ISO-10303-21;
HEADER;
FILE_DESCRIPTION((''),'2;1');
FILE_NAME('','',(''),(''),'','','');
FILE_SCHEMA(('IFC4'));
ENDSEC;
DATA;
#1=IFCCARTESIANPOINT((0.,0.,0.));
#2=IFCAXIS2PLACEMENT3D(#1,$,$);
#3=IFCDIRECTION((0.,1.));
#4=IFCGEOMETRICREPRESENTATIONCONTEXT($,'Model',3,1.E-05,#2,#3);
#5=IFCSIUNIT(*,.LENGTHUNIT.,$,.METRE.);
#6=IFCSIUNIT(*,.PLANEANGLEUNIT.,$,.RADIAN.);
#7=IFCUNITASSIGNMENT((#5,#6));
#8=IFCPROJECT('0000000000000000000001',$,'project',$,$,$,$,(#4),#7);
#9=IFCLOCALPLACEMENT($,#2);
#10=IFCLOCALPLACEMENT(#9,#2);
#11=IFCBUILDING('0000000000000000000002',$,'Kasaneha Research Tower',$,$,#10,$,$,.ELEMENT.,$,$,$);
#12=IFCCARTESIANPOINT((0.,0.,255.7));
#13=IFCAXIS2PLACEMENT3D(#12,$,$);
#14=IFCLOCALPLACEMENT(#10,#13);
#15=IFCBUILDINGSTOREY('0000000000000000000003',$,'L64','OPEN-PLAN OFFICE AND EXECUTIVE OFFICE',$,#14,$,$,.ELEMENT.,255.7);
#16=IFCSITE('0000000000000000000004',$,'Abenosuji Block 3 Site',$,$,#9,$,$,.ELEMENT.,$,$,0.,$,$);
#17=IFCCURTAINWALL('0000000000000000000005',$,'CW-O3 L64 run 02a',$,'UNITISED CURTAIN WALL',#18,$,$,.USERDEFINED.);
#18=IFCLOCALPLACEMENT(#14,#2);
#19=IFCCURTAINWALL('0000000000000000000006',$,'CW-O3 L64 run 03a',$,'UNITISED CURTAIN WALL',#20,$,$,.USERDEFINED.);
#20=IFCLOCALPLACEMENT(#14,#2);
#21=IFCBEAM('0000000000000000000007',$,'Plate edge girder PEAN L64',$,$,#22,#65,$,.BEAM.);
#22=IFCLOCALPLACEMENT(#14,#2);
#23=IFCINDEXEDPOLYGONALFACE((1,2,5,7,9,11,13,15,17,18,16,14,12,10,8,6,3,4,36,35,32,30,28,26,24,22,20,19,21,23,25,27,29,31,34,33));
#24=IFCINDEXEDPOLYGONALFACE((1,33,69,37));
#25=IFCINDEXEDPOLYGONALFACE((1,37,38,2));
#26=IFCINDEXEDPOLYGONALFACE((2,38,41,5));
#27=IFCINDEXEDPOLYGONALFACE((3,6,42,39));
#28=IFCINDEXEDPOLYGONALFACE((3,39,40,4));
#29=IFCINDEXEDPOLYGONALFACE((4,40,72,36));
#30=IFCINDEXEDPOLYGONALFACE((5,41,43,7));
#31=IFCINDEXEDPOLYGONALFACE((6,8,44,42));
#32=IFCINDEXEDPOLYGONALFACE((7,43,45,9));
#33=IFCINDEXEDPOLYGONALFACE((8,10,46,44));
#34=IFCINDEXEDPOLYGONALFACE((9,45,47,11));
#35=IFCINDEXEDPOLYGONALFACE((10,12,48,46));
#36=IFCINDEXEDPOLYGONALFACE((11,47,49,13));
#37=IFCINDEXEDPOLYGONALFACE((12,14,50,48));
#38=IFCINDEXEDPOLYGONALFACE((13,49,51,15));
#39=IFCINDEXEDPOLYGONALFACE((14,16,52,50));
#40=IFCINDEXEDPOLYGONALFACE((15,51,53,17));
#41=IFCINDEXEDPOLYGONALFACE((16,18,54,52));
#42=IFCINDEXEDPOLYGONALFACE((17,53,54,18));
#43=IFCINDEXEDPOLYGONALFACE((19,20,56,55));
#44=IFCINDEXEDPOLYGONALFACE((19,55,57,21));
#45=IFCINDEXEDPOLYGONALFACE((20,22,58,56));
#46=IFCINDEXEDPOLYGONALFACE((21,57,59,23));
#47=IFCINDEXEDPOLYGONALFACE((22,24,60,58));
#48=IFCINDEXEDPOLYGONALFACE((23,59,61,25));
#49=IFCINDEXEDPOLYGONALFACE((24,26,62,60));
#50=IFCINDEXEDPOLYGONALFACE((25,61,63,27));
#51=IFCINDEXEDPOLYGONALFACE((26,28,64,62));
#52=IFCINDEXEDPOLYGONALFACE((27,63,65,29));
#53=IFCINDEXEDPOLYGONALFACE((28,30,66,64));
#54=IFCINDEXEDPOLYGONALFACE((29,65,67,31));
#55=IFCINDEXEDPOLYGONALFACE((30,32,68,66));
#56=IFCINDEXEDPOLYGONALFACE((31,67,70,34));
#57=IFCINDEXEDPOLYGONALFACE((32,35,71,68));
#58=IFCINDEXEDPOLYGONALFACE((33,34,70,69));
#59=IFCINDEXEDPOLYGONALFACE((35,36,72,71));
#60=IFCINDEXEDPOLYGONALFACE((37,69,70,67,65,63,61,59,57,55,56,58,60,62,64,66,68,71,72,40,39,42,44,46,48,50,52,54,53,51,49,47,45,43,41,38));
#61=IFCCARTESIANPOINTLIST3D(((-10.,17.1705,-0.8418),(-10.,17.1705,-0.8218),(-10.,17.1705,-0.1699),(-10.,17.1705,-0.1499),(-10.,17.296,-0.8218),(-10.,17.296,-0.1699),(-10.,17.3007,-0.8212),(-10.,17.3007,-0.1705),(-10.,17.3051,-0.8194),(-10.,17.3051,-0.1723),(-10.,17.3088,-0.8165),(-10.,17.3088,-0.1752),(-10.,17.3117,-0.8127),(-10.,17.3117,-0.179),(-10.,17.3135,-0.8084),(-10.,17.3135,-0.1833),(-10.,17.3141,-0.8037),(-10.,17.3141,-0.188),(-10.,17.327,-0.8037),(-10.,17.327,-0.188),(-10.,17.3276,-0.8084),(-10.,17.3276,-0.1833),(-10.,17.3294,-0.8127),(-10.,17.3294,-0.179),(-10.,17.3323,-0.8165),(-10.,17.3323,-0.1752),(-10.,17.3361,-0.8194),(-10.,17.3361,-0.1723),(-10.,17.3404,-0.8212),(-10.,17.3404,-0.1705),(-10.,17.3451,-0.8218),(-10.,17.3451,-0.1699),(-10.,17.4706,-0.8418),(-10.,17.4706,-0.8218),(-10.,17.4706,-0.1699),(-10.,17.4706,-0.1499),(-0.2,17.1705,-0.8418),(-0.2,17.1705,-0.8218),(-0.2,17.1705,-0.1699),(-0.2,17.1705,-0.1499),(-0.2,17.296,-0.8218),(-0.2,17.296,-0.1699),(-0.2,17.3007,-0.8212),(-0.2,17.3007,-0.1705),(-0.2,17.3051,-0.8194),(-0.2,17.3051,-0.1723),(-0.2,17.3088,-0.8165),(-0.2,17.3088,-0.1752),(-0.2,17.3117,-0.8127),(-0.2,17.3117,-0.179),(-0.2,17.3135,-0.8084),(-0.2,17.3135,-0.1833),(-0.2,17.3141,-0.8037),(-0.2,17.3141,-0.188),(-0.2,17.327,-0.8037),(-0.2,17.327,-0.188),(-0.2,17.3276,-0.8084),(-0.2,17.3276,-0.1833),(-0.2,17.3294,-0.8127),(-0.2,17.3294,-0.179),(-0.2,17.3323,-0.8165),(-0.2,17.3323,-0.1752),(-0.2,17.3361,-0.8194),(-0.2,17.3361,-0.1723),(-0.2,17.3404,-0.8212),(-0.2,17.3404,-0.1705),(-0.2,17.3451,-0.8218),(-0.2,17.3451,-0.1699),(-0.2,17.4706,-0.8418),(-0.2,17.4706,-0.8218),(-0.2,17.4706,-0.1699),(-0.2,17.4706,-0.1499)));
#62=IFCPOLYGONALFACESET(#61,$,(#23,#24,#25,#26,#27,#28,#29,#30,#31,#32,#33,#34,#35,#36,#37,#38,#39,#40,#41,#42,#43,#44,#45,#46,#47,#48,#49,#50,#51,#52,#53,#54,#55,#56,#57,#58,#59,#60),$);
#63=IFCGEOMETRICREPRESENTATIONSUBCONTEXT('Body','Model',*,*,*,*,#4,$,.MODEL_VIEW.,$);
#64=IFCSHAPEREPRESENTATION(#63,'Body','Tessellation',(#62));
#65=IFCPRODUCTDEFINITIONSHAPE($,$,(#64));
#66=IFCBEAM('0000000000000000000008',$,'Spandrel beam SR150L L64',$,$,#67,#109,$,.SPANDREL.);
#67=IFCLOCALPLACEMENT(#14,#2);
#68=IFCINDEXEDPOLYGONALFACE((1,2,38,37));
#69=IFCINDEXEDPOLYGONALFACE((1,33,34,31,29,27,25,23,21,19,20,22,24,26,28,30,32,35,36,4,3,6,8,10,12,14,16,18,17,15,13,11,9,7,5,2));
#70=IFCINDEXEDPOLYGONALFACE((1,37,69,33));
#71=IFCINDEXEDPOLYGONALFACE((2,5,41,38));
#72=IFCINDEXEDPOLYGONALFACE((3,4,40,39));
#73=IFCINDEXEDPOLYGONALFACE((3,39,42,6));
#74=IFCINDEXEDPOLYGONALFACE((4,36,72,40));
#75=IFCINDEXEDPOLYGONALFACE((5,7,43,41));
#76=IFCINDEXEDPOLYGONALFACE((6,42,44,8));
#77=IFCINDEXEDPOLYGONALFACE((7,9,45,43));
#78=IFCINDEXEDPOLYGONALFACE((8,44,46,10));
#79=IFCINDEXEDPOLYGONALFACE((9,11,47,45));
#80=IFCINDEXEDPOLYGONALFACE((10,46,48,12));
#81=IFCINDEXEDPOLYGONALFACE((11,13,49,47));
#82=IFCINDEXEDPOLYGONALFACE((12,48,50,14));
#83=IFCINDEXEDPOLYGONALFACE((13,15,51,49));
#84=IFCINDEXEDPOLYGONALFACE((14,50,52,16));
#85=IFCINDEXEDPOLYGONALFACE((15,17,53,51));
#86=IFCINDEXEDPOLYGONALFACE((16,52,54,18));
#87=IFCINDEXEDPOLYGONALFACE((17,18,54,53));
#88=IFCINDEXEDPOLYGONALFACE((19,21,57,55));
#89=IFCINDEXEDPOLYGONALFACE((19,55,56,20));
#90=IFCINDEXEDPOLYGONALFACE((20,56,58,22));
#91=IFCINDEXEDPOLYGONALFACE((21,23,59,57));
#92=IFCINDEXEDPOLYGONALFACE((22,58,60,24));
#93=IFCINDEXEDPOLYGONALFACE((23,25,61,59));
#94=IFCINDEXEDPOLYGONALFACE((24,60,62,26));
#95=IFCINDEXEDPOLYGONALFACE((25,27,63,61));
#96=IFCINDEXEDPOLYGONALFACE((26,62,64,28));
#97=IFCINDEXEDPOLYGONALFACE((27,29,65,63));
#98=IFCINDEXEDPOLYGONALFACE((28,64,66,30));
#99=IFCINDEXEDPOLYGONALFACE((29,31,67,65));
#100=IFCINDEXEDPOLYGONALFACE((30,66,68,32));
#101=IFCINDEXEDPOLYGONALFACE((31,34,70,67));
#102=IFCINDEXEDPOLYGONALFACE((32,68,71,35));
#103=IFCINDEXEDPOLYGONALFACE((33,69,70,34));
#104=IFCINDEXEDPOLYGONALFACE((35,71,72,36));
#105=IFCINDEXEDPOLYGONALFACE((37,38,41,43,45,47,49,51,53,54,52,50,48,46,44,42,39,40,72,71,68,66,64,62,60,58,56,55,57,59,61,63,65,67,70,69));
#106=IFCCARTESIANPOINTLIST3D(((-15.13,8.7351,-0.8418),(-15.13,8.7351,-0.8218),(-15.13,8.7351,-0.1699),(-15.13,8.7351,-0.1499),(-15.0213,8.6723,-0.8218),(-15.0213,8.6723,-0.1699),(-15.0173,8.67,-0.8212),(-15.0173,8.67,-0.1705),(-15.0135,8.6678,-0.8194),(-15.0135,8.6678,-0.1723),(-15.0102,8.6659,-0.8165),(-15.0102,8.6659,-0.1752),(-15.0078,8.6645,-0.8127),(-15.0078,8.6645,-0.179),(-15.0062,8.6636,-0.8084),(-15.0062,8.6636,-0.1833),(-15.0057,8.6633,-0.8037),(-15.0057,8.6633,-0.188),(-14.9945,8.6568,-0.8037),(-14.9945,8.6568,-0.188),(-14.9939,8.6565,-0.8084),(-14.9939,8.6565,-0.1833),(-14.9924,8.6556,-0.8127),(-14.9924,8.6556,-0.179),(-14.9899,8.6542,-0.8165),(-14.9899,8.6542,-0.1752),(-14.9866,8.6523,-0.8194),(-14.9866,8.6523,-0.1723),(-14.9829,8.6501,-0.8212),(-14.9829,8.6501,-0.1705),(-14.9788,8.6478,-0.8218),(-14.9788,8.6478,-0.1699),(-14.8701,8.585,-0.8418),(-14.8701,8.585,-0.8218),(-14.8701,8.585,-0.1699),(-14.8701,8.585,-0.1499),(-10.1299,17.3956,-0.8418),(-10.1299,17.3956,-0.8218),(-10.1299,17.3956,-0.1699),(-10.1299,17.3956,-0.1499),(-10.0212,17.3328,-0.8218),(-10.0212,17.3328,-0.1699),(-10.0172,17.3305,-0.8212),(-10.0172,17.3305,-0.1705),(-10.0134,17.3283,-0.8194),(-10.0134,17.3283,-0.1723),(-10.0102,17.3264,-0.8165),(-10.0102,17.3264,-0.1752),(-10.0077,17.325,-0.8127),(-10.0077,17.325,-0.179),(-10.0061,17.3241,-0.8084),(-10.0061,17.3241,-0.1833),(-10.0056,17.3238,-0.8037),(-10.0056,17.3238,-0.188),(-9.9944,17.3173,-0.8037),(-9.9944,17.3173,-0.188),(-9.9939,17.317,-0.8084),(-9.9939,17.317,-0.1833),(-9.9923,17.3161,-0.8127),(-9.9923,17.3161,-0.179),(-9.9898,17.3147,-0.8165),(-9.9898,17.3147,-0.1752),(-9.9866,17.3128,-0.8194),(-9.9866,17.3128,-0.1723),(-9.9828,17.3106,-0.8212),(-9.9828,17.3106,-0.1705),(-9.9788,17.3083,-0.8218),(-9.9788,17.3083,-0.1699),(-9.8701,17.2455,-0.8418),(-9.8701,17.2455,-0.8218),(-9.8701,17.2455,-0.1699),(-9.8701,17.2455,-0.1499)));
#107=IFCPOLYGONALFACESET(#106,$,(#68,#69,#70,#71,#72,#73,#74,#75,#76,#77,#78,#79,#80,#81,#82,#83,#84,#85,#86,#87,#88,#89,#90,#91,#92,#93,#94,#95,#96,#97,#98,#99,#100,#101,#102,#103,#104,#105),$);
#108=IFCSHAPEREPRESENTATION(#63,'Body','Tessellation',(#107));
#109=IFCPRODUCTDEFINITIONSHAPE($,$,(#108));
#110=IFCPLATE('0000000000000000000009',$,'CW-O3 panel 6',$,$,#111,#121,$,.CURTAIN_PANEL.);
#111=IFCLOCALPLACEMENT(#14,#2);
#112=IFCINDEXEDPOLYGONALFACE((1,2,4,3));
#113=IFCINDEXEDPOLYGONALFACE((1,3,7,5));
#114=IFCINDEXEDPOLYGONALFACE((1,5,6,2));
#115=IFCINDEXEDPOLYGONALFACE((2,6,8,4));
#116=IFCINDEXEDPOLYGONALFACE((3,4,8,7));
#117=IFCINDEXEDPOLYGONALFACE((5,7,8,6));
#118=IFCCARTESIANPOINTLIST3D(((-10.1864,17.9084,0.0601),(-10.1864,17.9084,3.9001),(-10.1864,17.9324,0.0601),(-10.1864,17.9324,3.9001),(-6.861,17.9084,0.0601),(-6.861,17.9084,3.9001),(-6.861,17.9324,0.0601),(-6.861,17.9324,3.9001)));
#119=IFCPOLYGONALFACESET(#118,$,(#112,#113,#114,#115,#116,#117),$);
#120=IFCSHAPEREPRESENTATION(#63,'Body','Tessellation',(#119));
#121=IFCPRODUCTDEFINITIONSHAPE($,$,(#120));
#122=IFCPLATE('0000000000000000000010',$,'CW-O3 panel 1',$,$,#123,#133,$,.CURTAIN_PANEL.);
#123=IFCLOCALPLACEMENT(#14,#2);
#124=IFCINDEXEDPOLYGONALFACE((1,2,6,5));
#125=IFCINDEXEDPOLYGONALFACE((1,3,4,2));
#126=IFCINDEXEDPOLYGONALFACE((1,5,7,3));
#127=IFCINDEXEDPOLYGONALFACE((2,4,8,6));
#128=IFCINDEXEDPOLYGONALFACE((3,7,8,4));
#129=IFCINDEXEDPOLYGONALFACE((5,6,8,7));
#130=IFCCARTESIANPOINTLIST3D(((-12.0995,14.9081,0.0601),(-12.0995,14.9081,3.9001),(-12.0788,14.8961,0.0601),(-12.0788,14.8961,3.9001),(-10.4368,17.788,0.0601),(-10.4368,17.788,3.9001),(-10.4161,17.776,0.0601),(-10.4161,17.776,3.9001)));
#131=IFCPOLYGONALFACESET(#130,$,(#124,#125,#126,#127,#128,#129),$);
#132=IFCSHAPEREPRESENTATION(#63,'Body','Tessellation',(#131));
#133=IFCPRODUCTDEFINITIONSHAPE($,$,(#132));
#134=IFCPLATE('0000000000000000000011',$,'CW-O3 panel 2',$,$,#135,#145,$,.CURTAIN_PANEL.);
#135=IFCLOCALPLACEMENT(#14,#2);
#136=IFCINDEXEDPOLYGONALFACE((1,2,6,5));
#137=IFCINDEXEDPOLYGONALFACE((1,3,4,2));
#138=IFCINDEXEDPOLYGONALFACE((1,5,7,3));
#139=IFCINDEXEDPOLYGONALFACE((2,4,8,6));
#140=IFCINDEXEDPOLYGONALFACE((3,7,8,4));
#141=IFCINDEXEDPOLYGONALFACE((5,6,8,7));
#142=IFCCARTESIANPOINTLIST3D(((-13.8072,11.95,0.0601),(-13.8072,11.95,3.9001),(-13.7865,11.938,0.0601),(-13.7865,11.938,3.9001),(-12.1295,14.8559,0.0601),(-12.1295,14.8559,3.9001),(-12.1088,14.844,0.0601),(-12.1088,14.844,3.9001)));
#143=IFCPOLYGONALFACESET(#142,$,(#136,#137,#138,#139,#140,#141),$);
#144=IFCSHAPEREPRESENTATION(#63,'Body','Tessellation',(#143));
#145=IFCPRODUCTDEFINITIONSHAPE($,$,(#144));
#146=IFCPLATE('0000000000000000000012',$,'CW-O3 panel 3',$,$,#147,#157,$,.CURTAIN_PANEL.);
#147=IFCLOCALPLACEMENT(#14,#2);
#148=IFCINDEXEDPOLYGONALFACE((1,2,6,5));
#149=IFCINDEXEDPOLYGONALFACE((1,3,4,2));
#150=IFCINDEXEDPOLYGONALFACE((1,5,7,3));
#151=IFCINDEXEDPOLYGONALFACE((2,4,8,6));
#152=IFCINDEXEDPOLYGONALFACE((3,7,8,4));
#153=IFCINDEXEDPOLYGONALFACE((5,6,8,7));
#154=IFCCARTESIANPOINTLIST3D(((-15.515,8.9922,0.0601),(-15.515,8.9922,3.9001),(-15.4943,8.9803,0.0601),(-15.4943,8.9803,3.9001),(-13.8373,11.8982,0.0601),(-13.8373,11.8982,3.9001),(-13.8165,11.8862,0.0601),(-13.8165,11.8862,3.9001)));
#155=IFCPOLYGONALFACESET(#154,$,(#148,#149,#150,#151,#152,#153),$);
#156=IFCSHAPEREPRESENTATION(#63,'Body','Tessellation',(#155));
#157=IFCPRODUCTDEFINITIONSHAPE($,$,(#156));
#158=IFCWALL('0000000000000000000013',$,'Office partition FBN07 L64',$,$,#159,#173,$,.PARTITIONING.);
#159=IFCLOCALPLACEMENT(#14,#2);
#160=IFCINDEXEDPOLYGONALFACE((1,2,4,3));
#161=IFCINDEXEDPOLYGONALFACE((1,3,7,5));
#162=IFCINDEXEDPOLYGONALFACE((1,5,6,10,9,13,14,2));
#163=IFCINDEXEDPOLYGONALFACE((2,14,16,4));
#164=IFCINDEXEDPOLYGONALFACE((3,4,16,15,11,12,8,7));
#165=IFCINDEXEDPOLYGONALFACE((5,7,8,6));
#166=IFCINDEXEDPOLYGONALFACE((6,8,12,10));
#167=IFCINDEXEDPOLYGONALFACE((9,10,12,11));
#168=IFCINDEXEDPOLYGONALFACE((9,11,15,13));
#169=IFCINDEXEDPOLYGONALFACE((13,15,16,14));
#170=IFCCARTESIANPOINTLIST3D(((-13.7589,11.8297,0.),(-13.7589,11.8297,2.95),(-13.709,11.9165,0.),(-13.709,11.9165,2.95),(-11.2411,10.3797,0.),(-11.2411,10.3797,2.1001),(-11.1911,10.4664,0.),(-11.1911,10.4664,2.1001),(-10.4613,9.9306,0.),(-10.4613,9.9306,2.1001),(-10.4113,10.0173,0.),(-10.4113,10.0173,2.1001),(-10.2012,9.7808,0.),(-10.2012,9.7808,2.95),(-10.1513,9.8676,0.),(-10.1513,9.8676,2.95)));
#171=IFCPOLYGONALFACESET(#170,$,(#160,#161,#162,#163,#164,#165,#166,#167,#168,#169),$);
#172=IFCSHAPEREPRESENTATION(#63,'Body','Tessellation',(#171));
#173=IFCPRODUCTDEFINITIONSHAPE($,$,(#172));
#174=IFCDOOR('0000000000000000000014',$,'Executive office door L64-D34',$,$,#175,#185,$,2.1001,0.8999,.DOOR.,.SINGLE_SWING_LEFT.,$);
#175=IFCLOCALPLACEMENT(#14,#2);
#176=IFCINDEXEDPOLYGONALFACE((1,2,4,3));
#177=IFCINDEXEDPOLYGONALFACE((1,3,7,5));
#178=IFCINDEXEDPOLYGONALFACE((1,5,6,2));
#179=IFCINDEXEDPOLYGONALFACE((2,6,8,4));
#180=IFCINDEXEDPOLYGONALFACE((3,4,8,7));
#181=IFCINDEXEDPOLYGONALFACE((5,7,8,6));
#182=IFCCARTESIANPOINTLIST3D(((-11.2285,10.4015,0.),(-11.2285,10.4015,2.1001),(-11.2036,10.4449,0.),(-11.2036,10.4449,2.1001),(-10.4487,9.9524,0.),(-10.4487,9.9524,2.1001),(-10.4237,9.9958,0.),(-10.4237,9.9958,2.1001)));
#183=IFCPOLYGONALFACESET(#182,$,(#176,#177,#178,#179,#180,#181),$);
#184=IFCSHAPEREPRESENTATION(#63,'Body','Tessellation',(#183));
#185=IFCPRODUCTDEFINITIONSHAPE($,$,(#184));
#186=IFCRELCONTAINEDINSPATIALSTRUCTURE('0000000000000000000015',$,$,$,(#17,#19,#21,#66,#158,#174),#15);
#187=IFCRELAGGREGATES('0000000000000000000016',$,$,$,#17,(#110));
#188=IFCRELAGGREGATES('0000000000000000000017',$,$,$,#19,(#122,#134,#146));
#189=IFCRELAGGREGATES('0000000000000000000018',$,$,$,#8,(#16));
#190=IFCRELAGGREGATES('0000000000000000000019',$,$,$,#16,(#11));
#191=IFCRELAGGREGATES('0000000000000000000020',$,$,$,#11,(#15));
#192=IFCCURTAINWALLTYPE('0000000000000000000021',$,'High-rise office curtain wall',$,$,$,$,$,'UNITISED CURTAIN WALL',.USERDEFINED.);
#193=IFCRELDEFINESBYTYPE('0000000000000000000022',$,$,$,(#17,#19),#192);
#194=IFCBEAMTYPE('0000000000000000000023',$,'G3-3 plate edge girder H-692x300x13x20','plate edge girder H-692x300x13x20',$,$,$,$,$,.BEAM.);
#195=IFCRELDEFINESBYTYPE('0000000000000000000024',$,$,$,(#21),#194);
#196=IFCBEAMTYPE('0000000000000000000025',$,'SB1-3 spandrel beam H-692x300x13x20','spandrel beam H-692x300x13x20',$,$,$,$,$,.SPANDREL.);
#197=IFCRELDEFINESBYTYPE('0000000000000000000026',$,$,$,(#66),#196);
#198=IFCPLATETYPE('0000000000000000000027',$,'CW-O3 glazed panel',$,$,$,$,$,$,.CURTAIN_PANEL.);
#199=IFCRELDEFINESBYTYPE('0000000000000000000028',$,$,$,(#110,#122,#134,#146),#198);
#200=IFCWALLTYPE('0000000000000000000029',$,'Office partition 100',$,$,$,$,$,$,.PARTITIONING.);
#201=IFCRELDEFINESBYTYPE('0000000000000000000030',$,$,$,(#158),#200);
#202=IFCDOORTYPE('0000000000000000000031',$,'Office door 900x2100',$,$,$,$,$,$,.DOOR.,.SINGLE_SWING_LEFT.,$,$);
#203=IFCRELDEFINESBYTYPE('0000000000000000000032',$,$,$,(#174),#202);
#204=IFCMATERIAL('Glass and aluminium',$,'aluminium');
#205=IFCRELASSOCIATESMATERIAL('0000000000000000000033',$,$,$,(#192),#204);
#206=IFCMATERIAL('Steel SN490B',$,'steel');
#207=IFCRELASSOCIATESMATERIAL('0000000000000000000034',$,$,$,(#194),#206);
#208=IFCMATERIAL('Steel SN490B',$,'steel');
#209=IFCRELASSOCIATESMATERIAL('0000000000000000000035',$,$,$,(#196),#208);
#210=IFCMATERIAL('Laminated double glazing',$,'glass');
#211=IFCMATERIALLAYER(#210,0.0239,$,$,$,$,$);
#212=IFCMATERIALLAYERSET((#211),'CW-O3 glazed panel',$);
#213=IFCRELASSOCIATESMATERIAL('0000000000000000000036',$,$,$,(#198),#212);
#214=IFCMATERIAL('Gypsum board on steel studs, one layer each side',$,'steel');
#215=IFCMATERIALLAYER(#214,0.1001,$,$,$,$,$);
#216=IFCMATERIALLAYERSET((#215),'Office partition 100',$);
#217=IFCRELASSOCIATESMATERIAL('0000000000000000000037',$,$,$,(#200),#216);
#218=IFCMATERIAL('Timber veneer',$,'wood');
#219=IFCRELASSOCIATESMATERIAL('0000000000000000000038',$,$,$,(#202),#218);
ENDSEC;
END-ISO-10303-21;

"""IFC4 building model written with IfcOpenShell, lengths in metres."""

from ifc_helpers import new_model, si_unit, direction, frame, frame_2d, origin, origin_2d, place, context, subcontext, project, spatial, rectangle, i_section, extrude, material, layer, layer_set, material_profile, profile_set, type_object, element, fill, aggregate, save


model = new_model("IFC4")

# Units and contexts
model_context = context("Model", 3, precision=1e-05, world=origin(), true_north=direction((0.0, 1.0)))
body_context = subcontext(model_context, "Body", "Model", "MODEL_VIEW")
ifc_project = project(units=[si_unit("LENGTHUNIT", "METRE"), si_unit("PLANEANGLEUNIT", "RADIAN")], contexts=[model_context])

# Site, building, storey
site_placement = place(None, origin())
site = spatial("IfcSite", under=ifc_project, at=site_placement, Name="Abenosuji Block 3 Site", CompositionType="ELEMENT", RefElevation=0.0)
building_placement = place(site_placement, origin())
building = spatial("IfcBuilding", under=site, at=building_placement, Name="Kasaneha Research Tower", CompositionType="ELEMENT")
storey_placement = place(building_placement, frame((0.0, 0.0, 255.7)))
storey = spatial("IfcBuildingStorey", under=building, at=storey_placement, Name="L64", Description="OPEN-PLAN OFFICE AND EXECUTIVE OFFICE", CompositionType="ELEMENT", Elevation=255.7)

# Curtain walls
ifc_material_1 = material(Name="Glass and aluminium", Category="aluminium")
curtain_wall_type = type_object("IfcCurtainWallType", Name="High-rise office curtain wall", ElementType="UNITISED CURTAIN WALL", PredefinedType="USERDEFINED", material=ifc_material_1)
curtain_wall_1_placement = place(storey_placement, origin())
curtain_wall_1 = element("IfcCurtainWall", 1, at=curtain_wall_1_placement, inside=storey, type_object=curtain_wall_type, Name="CW-O3 L64 run 02a", ObjectType="UNITISED CURTAIN WALL", PredefinedType="USERDEFINED")
curtain_wall_2_placement = place(storey_placement, origin())
curtain_wall_2 = element("IfcCurtainWall", 2, at=curtain_wall_2_placement, inside=storey, type_object=curtain_wall_type, Name="CW-O3 L64 run 03a", ObjectType="UNITISED CURTAIN WALL", PredefinedType="USERDEFINED")

# Beams
ifc_material_2 = material(Name="Steel SN490B", Category="steel")
ifc_material_profile_1 = material_profile(ifc_material_2, i_section(OverallWidth=0.3, OverallDepth=0.6919, WebThickness=0.0129, FlangeThickness=0.02, FilletRadius=0.0181, at=origin_2d()), Name="H-692x300x13x20")
ifc_profile_set_1 = profile_set([ifc_material_profile_1], Name="Steel SN490B")
beam_type_1 = type_object("IfcBeamType", Name="G3-3 plate edge girder H-692x300x13x20", Description="plate edge girder H-692x300x13x20", PredefinedType="BEAM", material=ifc_profile_set_1)
beam_1_placement = place(storey_placement, frame((-10.0, 17.3206, -0.4958), z_axis=(1.0, 0.0, 0.0), x_axis=(0.0, 1.0, 0.0)))
element("IfcBeam", 3, at=beam_1_placement, inside=storey, type_object=beam_type_1, Name="Plate edge girder PEAN L64", PredefinedType="BEAM", context=body_context, shape_type="SweptSolid", body=[
    extrude(i_section(OverallWidth=0.3, OverallDepth=0.6919, WebThickness=0.0129, FlangeThickness=0.02, FilletRadius=0.0181, at=origin_2d()), origin(), (0.0, 0.0, 1.0), 9.8),
])
ifc_material_3 = material(Name="Steel SN490B", Category="steel")
ifc_material_profile_2 = material_profile(ifc_material_3, i_section(OverallWidth=0.3, OverallDepth=0.6919, WebThickness=0.0129, FlangeThickness=0.02, FilletRadius=0.0181, at=origin_2d()), Name="H-692x300x13x20")
ifc_profile_set_2 = profile_set([ifc_material_profile_2], Name="Steel SN490B")
beam_type_2 = type_object("IfcBeamType", Name="SB1-3 spandrel beam H-692x300x13x20", Description="spandrel beam H-692x300x13x20", PredefinedType="SPANDREL", material=ifc_profile_set_2)
beam_2_placement = place(storey_placement, frame((-10.0, 17.3206, -0.4958), z_axis=(-0.499994, -0.866029, 0.0), x_axis=(0.866029, -0.499994, 0.0)))
element("IfcBeam", 4, at=beam_2_placement, inside=storey, type_object=beam_type_2, Name="Spandrel beam SR150L L64", PredefinedType="SPANDREL", context=body_context, shape_type="SweptSolid", body=[
    extrude(i_section(OverallWidth=0.3, OverallDepth=0.6919, WebThickness=0.0129, FlangeThickness=0.02, FilletRadius=0.0181, at=origin_2d()), origin(), (0.0, 0.0, 1.0), 10.0002),
])

# Plates
ifc_material_4 = material(Name="Laminated double glazing", Category="glass")
ifc_layer_1 = layer(ifc_material_4, 0.0239)
ifc_layer_set_1 = layer_set([ifc_layer_1], Name="CW-O3 glazed panel")
plate_type = type_object("IfcPlateType", Name="CW-O3 glazed panel", PredefinedType="CURTAIN_PANEL", material=ifc_layer_set_1)
plate_1_placement = place(storey_placement, frame((-8.5237, 17.9204, 0.0601), z_axis=(0.0, 0.0, 1.0), x_axis=(-1.0, 0.0, 0.0)))
plate_1 = element("IfcPlate", 5, at=plate_1_placement, type_object=plate_type, Name="CW-O3 panel 6", PredefinedType="CURTAIN_PANEL", context=body_context, shape_type="SweptSolid", body=[
    extrude(rectangle(XDim=3.3254, YDim=0.0239, at=origin_2d()), origin(), (0.0, 0.0, 1.0), 3.8401),
])
aggregate(curtain_wall_1, [plate_1])
plate_2_placement = place(storey_placement, frame((-11.2578, 16.342, 0.0601), z_axis=(0.0, 0.0, 1.0), x_axis=(-0.5, -0.866025, 0.0)))
plate_2 = element("IfcPlate", 6, at=plate_2_placement, type_object=plate_type, Name="CW-O3 panel 1", PredefinedType="CURTAIN_PANEL", context=body_context, shape_type="SweptSolid", body=[
    extrude(rectangle(XDim=3.3254, YDim=0.0239, at=origin_2d()), origin(), (0.0, 0.0, 1.0), 3.8401),
])
plate_3_placement = place(storey_placement, frame((-12.958, 13.397, 0.0601), z_axis=(0.0, 0.0, 1.0), x_axis=(-0.5, -0.866025, 0.0)))
plate_3 = element("IfcPlate", 7, at=plate_3_placement, type_object=plate_type, Name="CW-O3 panel 2", PredefinedType="CURTAIN_PANEL", context=body_context, shape_type="SweptSolid", body=[
    extrude(rectangle(XDim=3.3555, YDim=0.0239, at=origin_2d()), origin(), (0.0, 0.0, 1.0), 3.8401),
])
plate_4_placement = place(storey_placement, frame((-14.6658, 10.4392, 0.0601), z_axis=(0.0, 0.0, 1.0), x_axis=(-0.5, -0.866025, 0.0)))
plate_4 = element("IfcPlate", 8, at=plate_4_placement, type_object=plate_type, Name="CW-O3 panel 3", PredefinedType="CURTAIN_PANEL", context=body_context, shape_type="SweptSolid", body=[
    extrude(rectangle(XDim=3.3555, YDim=0.0239, at=origin_2d()), origin(), (0.0, 0.0, 1.0), 3.8401),
])
aggregate(curtain_wall_2, [plate_2, plate_3, plate_4])

# Wall, opening, door
ifc_material_5 = material(Name="Gypsum board on steel studs, one layer each side", Category="steel")
ifc_layer_2 = layer(ifc_material_5, 0.1001)
ifc_layer_set_2 = layer_set([ifc_layer_2], Name="Office partition 100")
wall_type_1 = type_object("IfcWallType", Name="Office partition 100", PredefinedType="PARTITIONING", material=ifc_layer_set_2)
wall_1_placement = place(storey_placement, frame((-10.1763, 9.8242, 0.0), z_axis=(0.0, 0.0, 1.0), x_axis=(-0.866569, 0.499056, 0.0)))
wall_1 = element("IfcWall", 9, at=wall_1_placement, inside=storey, type_object=wall_type_1, Name="Office partition FBN07 L64", PredefinedType="PARTITIONING", context=body_context, shape_type="SweptSolid", body=[
    extrude(rectangle(XDim=4.1055, YDim=0.1001, at=frame_2d((2.0527, 0.0))), origin(), (0.0, 0.0, 1.0), 2.95),
])
opening_1_placement = place(wall_1_placement, frame((0.3, 0.0, 0.0)))
opening_1 = element("IfcOpeningElement", 10, at=opening_1_placement, cuts=wall_1, PredefinedType="OPENING", context=body_context, shape_type="SweptSolid", body=[
    extrude(rectangle(XDim=0.8999, YDim=2.1001, at=frame_2d((0.45, 1.05))), frame((0.0, 0.0601, 0.0), z_axis=(0.0, -1.0, 0.0), x_axis=(1.0, 0.0, 0.0)), (0.0, 0.0, 1.0), 0.1201),
])
ifc_material_6 = material(Name="Timber veneer", Category="wood")
door_type_1 = type_object("IfcDoorType", Name="Office door 900x2100", OperationType="SINGLE_SWING_LEFT", PredefinedType="DOOR", material=ifc_material_6)
door_1_placement = place(opening_1_placement, origin())
door_1 = element("IfcDoor", 11, at=door_1_placement, inside=storey, type_object=door_type_1, Name="Executive office door L64-D34", OperationType="SINGLE_SWING_LEFT", OverallHeight=2.1001, OverallWidth=0.8999, PredefinedType="DOOR", context=body_context, shape_type="SweptSolid", body=[
    extrude(rectangle(XDim=0.8999, YDim=2.1001, at=frame_2d((0.45, 1.05))), frame((0.0, 0.0249, 0.0), z_axis=(0.0, -1.0, 0.0), x_axis=(1.0, 0.0, 0.0)), (0.0, 0.0, 1.0), 0.05),
])
fill(opening_1, door_1)

save(model, "model.ifc")
